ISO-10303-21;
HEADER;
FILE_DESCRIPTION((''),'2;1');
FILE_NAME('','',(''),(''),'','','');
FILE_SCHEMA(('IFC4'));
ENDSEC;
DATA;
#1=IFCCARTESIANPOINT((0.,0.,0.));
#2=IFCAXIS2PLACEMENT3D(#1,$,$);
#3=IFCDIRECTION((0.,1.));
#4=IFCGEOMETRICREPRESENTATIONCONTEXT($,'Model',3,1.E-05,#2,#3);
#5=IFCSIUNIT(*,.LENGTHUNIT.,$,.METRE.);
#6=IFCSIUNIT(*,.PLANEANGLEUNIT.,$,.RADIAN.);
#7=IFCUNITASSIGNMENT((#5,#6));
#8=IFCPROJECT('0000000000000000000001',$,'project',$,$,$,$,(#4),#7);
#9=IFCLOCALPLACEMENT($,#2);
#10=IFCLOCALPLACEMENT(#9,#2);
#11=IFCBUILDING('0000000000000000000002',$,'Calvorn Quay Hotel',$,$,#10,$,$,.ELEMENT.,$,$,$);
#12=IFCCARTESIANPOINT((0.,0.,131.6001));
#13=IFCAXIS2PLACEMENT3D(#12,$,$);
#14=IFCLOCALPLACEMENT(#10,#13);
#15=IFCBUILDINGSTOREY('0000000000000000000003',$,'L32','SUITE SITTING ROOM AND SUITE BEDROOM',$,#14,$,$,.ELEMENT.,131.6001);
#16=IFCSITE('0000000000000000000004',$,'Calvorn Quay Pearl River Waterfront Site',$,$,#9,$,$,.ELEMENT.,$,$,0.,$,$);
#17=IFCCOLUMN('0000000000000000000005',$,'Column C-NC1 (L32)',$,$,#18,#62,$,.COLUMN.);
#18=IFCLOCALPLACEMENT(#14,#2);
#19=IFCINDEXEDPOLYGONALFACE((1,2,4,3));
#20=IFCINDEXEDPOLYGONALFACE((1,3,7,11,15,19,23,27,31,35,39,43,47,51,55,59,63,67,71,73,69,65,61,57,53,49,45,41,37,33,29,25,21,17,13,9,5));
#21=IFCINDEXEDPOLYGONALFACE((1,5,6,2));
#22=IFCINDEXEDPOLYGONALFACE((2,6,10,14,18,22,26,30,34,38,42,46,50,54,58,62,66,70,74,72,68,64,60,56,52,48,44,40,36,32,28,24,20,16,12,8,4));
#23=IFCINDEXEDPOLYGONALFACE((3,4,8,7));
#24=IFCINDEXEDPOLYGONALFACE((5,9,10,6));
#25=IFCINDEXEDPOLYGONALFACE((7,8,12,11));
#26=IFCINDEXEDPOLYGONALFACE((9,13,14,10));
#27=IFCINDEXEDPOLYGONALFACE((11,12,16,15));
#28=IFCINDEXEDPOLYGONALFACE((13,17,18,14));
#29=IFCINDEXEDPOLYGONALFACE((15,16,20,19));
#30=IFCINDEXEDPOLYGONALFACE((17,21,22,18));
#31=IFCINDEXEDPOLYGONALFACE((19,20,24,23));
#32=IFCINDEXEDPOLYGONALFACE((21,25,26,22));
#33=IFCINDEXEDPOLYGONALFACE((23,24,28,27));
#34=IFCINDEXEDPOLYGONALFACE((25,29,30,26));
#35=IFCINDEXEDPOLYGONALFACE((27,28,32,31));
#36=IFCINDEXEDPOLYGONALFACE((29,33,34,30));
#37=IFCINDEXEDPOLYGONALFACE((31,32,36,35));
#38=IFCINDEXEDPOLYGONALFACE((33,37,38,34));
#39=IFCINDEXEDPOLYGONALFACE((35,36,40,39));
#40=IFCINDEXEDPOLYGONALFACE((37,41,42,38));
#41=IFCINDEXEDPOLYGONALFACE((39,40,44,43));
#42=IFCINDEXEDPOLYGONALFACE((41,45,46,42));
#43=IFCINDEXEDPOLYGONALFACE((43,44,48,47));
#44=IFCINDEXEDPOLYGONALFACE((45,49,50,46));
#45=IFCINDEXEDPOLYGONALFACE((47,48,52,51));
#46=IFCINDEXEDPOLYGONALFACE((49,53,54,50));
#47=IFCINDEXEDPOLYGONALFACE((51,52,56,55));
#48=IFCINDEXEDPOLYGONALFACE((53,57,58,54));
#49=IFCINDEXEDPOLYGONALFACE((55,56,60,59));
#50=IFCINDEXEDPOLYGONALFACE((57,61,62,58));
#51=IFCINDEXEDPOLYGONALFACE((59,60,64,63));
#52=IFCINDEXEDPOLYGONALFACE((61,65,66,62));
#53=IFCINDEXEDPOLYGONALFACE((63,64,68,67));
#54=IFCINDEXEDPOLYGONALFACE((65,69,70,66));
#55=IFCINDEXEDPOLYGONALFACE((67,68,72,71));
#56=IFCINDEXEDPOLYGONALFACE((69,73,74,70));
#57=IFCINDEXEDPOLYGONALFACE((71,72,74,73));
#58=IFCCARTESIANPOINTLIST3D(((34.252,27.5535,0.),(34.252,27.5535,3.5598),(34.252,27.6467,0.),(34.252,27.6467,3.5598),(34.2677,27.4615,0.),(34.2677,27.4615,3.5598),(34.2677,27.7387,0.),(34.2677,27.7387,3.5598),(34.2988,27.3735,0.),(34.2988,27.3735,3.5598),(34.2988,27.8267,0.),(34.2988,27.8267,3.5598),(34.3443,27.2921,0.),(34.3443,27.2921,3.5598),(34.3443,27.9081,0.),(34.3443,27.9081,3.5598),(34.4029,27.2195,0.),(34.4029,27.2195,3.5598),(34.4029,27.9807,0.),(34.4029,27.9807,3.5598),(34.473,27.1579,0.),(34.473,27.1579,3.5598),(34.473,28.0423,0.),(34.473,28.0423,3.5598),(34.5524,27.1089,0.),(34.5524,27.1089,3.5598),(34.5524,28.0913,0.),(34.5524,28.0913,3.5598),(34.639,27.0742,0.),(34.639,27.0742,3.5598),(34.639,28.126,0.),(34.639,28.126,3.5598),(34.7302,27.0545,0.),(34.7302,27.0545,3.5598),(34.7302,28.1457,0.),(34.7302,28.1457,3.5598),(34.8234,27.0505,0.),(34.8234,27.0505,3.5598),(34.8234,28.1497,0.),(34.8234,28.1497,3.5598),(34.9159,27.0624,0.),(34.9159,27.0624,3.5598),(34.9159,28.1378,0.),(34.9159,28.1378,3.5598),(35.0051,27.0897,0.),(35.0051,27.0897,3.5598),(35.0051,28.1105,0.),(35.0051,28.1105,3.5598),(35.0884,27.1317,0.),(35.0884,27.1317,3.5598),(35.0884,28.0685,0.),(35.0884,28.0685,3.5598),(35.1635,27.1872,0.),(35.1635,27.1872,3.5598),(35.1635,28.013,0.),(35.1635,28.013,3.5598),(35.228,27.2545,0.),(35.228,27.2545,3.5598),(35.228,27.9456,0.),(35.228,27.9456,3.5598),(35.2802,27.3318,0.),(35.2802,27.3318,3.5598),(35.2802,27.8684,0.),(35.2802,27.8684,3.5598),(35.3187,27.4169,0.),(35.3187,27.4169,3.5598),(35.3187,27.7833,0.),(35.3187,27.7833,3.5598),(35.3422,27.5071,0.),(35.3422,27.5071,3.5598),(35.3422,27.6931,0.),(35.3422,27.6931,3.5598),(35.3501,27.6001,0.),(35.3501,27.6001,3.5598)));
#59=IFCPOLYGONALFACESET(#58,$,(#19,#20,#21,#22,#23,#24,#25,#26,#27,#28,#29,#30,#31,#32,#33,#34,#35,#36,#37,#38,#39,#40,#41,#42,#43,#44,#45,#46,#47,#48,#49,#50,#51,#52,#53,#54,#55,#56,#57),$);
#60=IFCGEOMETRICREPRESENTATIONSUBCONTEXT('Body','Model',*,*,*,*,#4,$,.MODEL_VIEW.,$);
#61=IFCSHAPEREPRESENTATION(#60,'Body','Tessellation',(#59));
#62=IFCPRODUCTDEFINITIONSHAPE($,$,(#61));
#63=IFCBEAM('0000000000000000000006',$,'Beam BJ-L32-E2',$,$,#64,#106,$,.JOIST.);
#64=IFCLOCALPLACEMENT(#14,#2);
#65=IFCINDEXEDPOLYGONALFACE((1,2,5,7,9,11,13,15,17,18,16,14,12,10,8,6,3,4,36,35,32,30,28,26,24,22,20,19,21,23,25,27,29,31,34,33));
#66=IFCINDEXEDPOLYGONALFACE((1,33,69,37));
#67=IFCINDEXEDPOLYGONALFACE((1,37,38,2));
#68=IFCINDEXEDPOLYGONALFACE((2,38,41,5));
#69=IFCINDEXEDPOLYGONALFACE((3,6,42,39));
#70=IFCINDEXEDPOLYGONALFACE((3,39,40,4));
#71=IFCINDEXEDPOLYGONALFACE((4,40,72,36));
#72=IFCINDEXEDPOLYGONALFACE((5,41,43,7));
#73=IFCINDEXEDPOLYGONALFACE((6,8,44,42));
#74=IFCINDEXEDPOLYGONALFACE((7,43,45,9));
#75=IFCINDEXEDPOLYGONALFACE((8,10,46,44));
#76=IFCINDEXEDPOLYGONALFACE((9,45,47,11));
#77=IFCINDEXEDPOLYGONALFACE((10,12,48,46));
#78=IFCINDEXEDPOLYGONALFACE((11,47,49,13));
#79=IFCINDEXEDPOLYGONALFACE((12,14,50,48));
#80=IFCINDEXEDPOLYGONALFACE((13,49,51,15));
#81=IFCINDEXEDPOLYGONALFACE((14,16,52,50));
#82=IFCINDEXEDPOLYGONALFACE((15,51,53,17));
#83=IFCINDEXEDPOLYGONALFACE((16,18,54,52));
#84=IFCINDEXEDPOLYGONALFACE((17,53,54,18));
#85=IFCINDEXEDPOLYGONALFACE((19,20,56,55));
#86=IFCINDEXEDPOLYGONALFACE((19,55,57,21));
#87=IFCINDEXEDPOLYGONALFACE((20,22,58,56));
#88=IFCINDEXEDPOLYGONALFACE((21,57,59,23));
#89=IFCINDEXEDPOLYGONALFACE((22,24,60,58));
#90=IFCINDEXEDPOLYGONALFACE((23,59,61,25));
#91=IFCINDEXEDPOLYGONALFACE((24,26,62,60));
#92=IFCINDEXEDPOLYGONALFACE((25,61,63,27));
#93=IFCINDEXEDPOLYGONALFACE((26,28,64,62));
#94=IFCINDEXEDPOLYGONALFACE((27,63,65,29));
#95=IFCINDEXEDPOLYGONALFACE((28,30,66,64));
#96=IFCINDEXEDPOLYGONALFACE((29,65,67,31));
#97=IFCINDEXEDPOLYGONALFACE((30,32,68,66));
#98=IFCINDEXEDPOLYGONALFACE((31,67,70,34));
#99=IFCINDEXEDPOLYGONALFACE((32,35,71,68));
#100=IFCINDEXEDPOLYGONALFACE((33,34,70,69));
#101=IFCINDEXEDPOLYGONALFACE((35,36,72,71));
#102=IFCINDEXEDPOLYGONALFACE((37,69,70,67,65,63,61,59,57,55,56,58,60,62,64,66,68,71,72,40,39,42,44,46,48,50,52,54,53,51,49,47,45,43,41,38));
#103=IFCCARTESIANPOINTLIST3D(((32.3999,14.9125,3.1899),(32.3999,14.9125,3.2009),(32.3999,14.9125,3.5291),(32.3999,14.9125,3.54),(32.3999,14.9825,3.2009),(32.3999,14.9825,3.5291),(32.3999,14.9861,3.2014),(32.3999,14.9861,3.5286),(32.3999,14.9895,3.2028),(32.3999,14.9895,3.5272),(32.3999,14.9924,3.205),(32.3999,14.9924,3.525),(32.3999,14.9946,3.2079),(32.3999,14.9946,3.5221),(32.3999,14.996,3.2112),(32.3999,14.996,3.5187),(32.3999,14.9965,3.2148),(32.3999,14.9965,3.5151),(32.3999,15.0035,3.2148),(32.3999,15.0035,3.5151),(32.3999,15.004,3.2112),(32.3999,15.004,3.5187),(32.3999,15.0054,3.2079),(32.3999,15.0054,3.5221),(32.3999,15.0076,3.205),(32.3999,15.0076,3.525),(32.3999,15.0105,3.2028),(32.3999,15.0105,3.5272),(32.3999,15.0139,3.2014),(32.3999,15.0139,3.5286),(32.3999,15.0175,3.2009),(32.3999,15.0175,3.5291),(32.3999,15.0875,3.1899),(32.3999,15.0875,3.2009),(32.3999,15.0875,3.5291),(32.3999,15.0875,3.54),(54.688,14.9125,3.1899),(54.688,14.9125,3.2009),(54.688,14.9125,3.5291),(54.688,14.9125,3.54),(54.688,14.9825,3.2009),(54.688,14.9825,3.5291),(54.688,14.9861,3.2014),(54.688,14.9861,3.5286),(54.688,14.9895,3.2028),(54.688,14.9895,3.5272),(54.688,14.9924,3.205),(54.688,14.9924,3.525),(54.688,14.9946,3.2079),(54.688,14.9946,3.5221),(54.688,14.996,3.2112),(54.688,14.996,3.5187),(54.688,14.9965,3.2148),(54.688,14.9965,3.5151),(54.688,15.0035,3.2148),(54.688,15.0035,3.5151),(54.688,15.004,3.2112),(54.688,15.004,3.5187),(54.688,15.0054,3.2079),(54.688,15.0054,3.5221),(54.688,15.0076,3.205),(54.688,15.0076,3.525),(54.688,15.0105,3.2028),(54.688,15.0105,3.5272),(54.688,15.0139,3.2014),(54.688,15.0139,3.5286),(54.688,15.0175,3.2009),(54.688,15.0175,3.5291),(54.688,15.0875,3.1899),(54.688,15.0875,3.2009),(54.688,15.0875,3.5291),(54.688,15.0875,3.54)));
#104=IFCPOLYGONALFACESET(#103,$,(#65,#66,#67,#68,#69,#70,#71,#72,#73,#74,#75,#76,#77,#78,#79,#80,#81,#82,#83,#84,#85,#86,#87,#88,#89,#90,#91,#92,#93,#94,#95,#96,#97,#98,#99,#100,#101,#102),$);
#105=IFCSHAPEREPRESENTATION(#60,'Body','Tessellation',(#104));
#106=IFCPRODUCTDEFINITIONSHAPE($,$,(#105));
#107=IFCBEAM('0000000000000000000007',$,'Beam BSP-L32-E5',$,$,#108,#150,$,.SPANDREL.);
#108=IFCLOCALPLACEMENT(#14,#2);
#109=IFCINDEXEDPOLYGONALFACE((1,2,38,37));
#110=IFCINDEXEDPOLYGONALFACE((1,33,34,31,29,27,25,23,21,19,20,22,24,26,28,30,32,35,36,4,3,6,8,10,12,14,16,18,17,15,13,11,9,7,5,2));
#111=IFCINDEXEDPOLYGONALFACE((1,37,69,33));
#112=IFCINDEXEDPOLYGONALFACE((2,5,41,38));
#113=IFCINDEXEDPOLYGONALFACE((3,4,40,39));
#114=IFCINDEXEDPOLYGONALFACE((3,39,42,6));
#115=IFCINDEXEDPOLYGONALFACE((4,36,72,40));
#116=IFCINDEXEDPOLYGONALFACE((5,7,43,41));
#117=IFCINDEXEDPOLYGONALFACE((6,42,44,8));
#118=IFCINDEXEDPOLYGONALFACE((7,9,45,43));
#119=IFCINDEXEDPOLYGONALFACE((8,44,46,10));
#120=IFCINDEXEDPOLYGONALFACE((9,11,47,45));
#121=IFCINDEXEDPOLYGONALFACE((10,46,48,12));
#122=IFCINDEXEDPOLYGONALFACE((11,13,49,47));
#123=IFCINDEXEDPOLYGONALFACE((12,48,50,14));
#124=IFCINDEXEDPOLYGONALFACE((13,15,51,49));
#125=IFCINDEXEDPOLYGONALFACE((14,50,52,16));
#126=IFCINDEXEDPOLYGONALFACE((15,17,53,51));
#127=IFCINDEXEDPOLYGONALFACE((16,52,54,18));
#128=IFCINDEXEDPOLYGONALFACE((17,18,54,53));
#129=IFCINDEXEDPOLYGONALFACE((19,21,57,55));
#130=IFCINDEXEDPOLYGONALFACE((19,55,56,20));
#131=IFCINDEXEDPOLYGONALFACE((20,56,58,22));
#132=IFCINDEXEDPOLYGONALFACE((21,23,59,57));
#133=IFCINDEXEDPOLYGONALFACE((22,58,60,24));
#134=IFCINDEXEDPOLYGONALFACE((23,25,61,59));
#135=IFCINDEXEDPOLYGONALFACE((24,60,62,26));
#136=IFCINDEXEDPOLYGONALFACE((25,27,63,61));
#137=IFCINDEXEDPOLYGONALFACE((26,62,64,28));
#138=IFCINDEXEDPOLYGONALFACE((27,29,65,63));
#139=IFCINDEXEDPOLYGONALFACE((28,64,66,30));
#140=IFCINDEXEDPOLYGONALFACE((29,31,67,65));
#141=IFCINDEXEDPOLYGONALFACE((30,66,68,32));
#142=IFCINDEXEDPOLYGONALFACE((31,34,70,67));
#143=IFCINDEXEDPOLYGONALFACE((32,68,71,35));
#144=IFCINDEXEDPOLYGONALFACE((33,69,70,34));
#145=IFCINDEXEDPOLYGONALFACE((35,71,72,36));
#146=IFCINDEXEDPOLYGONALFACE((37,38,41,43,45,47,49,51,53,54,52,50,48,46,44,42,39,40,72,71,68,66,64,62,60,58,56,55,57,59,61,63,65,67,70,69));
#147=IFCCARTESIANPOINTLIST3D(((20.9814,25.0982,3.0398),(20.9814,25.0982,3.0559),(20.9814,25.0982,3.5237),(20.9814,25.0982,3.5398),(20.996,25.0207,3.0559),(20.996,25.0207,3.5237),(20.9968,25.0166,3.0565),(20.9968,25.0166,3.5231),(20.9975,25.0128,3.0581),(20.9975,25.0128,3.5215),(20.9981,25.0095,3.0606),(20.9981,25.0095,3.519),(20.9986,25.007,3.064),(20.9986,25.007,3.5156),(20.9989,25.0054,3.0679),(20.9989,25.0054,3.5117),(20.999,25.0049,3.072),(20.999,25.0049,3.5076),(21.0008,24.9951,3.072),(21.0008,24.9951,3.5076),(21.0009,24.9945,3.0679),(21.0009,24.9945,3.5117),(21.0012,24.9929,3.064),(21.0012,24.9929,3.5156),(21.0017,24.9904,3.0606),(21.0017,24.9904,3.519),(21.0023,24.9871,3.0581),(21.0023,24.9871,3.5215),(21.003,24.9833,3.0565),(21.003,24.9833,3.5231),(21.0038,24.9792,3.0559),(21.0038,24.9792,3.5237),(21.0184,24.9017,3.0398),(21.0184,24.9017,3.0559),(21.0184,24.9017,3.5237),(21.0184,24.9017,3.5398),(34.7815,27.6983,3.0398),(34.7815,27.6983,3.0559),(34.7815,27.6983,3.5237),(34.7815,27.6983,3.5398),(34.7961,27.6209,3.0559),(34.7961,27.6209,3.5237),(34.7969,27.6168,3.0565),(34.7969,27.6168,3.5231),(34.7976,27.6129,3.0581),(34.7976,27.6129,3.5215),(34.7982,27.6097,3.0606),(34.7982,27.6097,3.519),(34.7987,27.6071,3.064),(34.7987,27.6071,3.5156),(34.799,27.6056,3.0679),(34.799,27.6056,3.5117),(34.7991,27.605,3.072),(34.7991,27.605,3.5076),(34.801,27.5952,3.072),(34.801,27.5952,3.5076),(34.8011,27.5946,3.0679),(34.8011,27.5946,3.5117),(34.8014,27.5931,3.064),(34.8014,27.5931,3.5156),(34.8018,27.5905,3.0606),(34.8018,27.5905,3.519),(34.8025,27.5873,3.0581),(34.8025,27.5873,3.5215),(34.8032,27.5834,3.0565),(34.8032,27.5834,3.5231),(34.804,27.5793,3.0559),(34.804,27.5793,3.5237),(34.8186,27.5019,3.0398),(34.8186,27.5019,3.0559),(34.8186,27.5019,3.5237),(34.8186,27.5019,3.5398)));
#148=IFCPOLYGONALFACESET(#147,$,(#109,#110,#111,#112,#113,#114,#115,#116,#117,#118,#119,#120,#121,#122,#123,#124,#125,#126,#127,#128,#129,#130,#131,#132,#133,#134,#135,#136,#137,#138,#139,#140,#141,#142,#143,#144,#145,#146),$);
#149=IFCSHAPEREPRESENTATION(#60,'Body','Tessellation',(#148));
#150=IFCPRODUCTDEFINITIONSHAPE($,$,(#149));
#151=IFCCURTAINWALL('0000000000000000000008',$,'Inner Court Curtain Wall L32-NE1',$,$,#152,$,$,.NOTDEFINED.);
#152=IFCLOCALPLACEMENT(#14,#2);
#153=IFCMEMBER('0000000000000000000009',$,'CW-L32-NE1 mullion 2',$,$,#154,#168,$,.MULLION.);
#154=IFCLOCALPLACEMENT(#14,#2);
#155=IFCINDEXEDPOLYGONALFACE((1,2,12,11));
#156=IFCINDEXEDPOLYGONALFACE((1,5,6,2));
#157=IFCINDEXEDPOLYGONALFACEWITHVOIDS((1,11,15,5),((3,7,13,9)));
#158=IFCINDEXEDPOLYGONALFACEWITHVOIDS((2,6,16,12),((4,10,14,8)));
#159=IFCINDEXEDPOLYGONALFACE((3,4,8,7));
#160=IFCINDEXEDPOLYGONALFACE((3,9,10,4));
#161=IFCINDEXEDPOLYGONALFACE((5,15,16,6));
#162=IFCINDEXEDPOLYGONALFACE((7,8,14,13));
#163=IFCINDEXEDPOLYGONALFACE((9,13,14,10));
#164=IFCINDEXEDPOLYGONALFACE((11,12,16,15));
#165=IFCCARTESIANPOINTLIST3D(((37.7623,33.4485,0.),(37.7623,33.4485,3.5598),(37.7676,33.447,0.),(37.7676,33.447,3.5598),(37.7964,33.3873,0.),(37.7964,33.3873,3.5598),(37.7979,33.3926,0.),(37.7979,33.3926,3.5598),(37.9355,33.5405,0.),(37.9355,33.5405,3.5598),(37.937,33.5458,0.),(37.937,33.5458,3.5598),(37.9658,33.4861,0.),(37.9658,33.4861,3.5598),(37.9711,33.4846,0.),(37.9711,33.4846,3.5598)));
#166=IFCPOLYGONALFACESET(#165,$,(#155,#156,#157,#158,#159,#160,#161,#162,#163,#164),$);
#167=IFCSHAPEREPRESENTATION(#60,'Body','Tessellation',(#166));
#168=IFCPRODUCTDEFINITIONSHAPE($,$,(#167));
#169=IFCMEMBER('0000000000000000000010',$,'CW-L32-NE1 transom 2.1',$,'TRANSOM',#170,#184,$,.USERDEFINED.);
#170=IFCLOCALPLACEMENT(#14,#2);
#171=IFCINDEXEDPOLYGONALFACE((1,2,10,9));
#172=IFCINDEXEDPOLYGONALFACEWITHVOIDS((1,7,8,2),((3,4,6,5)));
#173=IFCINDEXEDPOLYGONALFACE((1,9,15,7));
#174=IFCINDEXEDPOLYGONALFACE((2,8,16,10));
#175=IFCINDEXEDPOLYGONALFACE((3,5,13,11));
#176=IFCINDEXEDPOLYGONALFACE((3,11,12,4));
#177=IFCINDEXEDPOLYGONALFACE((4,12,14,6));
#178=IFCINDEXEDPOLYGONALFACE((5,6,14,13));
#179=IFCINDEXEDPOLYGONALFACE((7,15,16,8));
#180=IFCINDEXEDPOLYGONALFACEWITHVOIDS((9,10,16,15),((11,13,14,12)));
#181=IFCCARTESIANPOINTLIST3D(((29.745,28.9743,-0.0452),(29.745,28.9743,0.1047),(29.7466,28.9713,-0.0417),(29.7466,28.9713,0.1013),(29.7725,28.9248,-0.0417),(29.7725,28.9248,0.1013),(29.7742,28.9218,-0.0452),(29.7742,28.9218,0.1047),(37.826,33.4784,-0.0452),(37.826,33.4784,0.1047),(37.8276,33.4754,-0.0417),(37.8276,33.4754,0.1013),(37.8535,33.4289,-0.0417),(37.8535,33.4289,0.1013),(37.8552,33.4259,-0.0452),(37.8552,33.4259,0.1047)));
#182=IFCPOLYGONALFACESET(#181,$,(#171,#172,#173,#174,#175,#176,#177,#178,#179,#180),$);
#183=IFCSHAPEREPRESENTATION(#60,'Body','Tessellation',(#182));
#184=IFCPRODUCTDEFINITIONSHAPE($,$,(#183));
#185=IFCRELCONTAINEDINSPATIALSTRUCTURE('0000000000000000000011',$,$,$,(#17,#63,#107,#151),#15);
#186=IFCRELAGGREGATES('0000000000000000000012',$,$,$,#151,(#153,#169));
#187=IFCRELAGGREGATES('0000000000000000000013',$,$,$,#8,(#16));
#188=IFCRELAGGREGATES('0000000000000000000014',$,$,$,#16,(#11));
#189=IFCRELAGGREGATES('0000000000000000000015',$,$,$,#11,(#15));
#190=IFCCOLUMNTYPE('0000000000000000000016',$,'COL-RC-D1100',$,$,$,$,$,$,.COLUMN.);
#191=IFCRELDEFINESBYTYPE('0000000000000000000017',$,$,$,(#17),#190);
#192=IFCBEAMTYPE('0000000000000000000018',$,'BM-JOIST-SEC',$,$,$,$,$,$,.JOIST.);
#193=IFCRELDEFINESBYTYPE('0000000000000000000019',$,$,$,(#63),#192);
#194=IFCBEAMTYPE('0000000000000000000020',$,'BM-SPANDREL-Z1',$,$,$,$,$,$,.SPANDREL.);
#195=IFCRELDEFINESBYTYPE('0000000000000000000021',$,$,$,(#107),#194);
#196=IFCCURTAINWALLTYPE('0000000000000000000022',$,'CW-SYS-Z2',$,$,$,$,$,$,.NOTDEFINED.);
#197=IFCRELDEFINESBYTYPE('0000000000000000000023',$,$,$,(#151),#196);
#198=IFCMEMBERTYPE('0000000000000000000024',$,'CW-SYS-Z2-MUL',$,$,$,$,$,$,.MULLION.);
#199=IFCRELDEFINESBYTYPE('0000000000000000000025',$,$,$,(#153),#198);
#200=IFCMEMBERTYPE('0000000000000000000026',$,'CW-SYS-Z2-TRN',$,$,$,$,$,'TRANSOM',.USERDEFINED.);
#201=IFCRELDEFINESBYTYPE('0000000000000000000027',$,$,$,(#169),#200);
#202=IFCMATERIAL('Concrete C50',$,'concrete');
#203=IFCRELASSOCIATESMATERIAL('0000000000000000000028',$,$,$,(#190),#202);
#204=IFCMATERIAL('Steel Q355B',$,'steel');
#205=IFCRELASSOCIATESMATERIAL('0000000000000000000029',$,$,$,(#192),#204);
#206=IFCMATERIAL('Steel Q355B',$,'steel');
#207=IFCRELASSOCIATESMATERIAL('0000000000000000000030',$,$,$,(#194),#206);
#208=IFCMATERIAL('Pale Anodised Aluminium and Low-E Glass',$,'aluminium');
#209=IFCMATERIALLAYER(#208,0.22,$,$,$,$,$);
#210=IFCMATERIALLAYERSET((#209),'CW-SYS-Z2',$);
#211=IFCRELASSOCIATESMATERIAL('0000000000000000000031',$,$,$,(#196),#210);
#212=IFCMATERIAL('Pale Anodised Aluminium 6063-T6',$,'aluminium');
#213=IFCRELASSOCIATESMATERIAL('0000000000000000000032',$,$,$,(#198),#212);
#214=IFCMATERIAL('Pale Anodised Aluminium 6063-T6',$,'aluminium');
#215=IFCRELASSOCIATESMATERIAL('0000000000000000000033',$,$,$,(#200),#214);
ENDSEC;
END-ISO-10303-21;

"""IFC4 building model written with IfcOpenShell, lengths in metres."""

from ifc_helpers import new_model, si_unit, direction, frame, origin, origin_2d, place, context, subcontext, project, spatial, hollow_rectangle, circle, i_section, extrude, material, layer, layer_set, material_profile, profile_set, type_object, element, aggregate, save


model = new_model("IFC4")

# Units and contexts
model_context = context("Model", 3, precision=1e-05, world=origin(), true_north=direction((0.0, 1.0)))
body_context = subcontext(model_context, "Body", "Model", "MODEL_VIEW")
ifc_project = project(units=[si_unit("LENGTHUNIT", "METRE"), si_unit("PLANEANGLEUNIT", "RADIAN")], contexts=[model_context])

# Site, building, storey
site_placement = place(None, origin())
site = spatial("IfcSite", under=ifc_project, at=site_placement, Name="Calvorn Quay Pearl River Waterfront Site", CompositionType="ELEMENT", RefElevation=0.0)
building_placement = place(site_placement, origin())
building = spatial("IfcBuilding", under=site, at=building_placement, Name="Calvorn Quay Hotel", CompositionType="ELEMENT")
storey_placement = place(building_placement, frame((0.0, 0.0, 131.6001)))
storey = spatial("IfcBuildingStorey", under=building, at=storey_placement, Name="L32", Description="SUITE SITTING ROOM AND SUITE BEDROOM", CompositionType="ELEMENT", Elevation=131.6001)

# Column
ifc_material_1 = material(Name="Concrete C50", Category="concrete")
ifc_material_profile_1 = material_profile(ifc_material_1, circle(Radius=0.55, at=origin_2d()), Name="RCD1100")
ifc_profile_set_1 = profile_set([ifc_material_profile_1], Name="Concrete C50")
column_type = type_object("IfcColumnType", Name="COL-RC-D1100", PredefinedType="COLUMN", material=ifc_profile_set_1)
column_placement = place(storey_placement, frame((34.8, 27.6001, 0.0), z_axis=(0.0, 0.0, 1.0), x_axis=(1.0, 0.0, 0.0)))
element("IfcColumn", 1, at=column_placement, inside=storey, type_object=column_type, Name="Column C-NC1 (L32)", PredefinedType="COLUMN", context=body_context, shape_type="SweptSolid", body=[
    extrude(circle(Radius=0.55, at=origin_2d()), origin(), (0.0, 0.0, 1.0), 3.5598),
])

# Beams
ifc_material_2 = material(Name="Steel Q355B", Category="steel")
ifc_material_profile_2 = material_profile(ifc_material_2, i_section(OverallWidth=0.175, OverallDepth=0.3501, WebThickness=0.0071, FlangeThickness=0.011, FilletRadius=0.0139, at=origin_2d()), Name="HN350x175x7x11")
ifc_profile_set_2 = profile_set([ifc_material_profile_2], Name="Steel Q355B")
beam_type_1 = type_object("IfcBeamType", Name="BM-JOIST-SEC", PredefinedType="JOIST", material=ifc_profile_set_2)
beam_1_placement = place(storey_placement, frame((32.3999, 15.0, 3.365), z_axis=(1.0, 0.0, 0.0), x_axis=(0.0, 1.0, 0.0)))
element("IfcBeam", 2, at=beam_1_placement, inside=storey, type_object=beam_type_1, Name="Beam BJ-L32-E2", PredefinedType="JOIST", context=body_context, shape_type="SweptSolid", body=[
    extrude(i_section(OverallWidth=0.175, OverallDepth=0.3501, WebThickness=0.0071, FlangeThickness=0.011, FilletRadius=0.0139, at=origin_2d()), origin(), (0.0, 0.0, 1.0), 22.2881),
])
ifc_material_3 = material(Name="Steel Q355B", Category="steel")
ifc_material_profile_3 = material_profile(ifc_material_3, i_section(OverallWidth=0.2, OverallDepth=0.5, WebThickness=0.01, FlangeThickness=0.0161, FilletRadius=0.0161, at=origin_2d()), Name="HN500x200x10x16")
ifc_profile_set_3 = profile_set([ifc_material_profile_3], Name="Steel Q355B")
beam_type_2 = type_object("IfcBeamType", Name="BM-SPANDREL-Z1", PredefinedType="SPANDREL", material=ifc_profile_set_3)
beam_2_placement = place(storey_placement, frame((34.8, 27.6001, 3.2898), z_axis=(-0.982709, -0.185154, 0.0), x_axis=(0.185154, -0.982709, 0.0)))
element("IfcBeam", 3, at=beam_2_placement, inside=storey, type_object=beam_type_2, Name="Beam BSP-L32-E5", PredefinedType="SPANDREL", context=body_context, shape_type="SweptSolid", body=[
    extrude(i_section(OverallWidth=0.2, OverallDepth=0.5, WebThickness=0.01, FlangeThickness=0.0161, FilletRadius=0.0161, at=origin_2d()), origin(), (0.0, 0.0, 1.0), 14.043),
])

# Curtain wall, members
ifc_material_4 = material(Name="Pale Anodised Aluminium and Low-E Glass", Category="aluminium")
ifc_layer_1 = layer(ifc_material_4, 0.22)
ifc_layer_set_1 = layer_set([ifc_layer_1], Name="CW-SYS-Z2")
curtain_wall_type = type_object("IfcCurtainWallType", Name="CW-SYS-Z2", PredefinedType="NOTDEFINED", material=ifc_layer_set_1)
curtain_wall_placement = place(storey_placement, origin())
curtain_wall = element("IfcCurtainWall", 4, at=curtain_wall_placement, inside=storey, type_object=curtain_wall_type, Name="Inner Court Curtain Wall L32-NE1", PredefinedType="NOTDEFINED")
ifc_material_5 = material(Name="Pale Anodised Aluminium 6063-T6", Category="aluminium")
ifc_material_profile_4 = material_profile(ifc_material_5, hollow_rectangle(XDim=0.0701, YDim=0.2, WallThickness=0.0039, at=origin_2d()), Name="ALU-M200x70x4")
ifc_profile_set_4 = profile_set([ifc_material_profile_4], Name="Pale Anodised Aluminium 6063-T6")
member_type_1 = type_object("IfcMemberType", Name="CW-SYS-Z2-MUL", PredefinedType="MULLION", material=ifc_profile_set_4)
member_1_placement = place(storey_placement, frame((37.8667, 33.4666, 0.0), z_axis=(0.0, 0.0, 1.0), x_axis=(0.486858, -0.873481, 0.0)))
member_1 = element("IfcMember", 5, at=member_1_placement, type_object=member_type_1, Name="CW-L32-NE1 mullion 2", PredefinedType="MULLION", context=body_context, shape_type="SweptSolid", body=[
    extrude(hollow_rectangle(XDim=0.0701, YDim=0.2, WallThickness=0.0039, at=origin_2d()), origin(), (0.0, 0.0, 1.0), 3.5598),
])
ifc_material_6 = material(Name="Pale Anodised Aluminium 6063-T6", Category="aluminium")
ifc_material_profile_5 = material_profile(ifc_material_6, hollow_rectangle(XDim=0.0601, YDim=0.1499, WallThickness=0.0034, at=origin_2d()), Name="ALU-T150x60x3.5")
ifc_profile_set_5 = profile_set([ifc_material_profile_5], Name="Pale Anodised Aluminium 6063-T6")
member_type_2 = type_object("IfcMemberType", Name="CW-SYS-Z2-TRN", ElementType="TRANSOM", PredefinedType="USERDEFINED", material=ifc_profile_set_5)
member_2_placement = place(storey_placement, frame((37.8406, 33.4521, 0.0298), z_axis=(-0.873483, -0.486855, 0.0), x_axis=(0.486855, -0.873483, 0.0)))
member_2 = element("IfcMember", 6, at=member_2_placement, type_object=member_type_2, Name="CW-L32-NE1 transom 2.1", ObjectType="TRANSOM", PredefinedType="USERDEFINED", context=body_context, shape_type="SweptSolid", body=[
    extrude(hollow_rectangle(XDim=0.0601, YDim=0.1499, WallThickness=0.0034, at=origin_2d()), origin(), (0.0, 0.0, 1.0), 9.2515),
])
aggregate(curtain_wall, [member_1, member_2])

save(model, "model.ifc")
